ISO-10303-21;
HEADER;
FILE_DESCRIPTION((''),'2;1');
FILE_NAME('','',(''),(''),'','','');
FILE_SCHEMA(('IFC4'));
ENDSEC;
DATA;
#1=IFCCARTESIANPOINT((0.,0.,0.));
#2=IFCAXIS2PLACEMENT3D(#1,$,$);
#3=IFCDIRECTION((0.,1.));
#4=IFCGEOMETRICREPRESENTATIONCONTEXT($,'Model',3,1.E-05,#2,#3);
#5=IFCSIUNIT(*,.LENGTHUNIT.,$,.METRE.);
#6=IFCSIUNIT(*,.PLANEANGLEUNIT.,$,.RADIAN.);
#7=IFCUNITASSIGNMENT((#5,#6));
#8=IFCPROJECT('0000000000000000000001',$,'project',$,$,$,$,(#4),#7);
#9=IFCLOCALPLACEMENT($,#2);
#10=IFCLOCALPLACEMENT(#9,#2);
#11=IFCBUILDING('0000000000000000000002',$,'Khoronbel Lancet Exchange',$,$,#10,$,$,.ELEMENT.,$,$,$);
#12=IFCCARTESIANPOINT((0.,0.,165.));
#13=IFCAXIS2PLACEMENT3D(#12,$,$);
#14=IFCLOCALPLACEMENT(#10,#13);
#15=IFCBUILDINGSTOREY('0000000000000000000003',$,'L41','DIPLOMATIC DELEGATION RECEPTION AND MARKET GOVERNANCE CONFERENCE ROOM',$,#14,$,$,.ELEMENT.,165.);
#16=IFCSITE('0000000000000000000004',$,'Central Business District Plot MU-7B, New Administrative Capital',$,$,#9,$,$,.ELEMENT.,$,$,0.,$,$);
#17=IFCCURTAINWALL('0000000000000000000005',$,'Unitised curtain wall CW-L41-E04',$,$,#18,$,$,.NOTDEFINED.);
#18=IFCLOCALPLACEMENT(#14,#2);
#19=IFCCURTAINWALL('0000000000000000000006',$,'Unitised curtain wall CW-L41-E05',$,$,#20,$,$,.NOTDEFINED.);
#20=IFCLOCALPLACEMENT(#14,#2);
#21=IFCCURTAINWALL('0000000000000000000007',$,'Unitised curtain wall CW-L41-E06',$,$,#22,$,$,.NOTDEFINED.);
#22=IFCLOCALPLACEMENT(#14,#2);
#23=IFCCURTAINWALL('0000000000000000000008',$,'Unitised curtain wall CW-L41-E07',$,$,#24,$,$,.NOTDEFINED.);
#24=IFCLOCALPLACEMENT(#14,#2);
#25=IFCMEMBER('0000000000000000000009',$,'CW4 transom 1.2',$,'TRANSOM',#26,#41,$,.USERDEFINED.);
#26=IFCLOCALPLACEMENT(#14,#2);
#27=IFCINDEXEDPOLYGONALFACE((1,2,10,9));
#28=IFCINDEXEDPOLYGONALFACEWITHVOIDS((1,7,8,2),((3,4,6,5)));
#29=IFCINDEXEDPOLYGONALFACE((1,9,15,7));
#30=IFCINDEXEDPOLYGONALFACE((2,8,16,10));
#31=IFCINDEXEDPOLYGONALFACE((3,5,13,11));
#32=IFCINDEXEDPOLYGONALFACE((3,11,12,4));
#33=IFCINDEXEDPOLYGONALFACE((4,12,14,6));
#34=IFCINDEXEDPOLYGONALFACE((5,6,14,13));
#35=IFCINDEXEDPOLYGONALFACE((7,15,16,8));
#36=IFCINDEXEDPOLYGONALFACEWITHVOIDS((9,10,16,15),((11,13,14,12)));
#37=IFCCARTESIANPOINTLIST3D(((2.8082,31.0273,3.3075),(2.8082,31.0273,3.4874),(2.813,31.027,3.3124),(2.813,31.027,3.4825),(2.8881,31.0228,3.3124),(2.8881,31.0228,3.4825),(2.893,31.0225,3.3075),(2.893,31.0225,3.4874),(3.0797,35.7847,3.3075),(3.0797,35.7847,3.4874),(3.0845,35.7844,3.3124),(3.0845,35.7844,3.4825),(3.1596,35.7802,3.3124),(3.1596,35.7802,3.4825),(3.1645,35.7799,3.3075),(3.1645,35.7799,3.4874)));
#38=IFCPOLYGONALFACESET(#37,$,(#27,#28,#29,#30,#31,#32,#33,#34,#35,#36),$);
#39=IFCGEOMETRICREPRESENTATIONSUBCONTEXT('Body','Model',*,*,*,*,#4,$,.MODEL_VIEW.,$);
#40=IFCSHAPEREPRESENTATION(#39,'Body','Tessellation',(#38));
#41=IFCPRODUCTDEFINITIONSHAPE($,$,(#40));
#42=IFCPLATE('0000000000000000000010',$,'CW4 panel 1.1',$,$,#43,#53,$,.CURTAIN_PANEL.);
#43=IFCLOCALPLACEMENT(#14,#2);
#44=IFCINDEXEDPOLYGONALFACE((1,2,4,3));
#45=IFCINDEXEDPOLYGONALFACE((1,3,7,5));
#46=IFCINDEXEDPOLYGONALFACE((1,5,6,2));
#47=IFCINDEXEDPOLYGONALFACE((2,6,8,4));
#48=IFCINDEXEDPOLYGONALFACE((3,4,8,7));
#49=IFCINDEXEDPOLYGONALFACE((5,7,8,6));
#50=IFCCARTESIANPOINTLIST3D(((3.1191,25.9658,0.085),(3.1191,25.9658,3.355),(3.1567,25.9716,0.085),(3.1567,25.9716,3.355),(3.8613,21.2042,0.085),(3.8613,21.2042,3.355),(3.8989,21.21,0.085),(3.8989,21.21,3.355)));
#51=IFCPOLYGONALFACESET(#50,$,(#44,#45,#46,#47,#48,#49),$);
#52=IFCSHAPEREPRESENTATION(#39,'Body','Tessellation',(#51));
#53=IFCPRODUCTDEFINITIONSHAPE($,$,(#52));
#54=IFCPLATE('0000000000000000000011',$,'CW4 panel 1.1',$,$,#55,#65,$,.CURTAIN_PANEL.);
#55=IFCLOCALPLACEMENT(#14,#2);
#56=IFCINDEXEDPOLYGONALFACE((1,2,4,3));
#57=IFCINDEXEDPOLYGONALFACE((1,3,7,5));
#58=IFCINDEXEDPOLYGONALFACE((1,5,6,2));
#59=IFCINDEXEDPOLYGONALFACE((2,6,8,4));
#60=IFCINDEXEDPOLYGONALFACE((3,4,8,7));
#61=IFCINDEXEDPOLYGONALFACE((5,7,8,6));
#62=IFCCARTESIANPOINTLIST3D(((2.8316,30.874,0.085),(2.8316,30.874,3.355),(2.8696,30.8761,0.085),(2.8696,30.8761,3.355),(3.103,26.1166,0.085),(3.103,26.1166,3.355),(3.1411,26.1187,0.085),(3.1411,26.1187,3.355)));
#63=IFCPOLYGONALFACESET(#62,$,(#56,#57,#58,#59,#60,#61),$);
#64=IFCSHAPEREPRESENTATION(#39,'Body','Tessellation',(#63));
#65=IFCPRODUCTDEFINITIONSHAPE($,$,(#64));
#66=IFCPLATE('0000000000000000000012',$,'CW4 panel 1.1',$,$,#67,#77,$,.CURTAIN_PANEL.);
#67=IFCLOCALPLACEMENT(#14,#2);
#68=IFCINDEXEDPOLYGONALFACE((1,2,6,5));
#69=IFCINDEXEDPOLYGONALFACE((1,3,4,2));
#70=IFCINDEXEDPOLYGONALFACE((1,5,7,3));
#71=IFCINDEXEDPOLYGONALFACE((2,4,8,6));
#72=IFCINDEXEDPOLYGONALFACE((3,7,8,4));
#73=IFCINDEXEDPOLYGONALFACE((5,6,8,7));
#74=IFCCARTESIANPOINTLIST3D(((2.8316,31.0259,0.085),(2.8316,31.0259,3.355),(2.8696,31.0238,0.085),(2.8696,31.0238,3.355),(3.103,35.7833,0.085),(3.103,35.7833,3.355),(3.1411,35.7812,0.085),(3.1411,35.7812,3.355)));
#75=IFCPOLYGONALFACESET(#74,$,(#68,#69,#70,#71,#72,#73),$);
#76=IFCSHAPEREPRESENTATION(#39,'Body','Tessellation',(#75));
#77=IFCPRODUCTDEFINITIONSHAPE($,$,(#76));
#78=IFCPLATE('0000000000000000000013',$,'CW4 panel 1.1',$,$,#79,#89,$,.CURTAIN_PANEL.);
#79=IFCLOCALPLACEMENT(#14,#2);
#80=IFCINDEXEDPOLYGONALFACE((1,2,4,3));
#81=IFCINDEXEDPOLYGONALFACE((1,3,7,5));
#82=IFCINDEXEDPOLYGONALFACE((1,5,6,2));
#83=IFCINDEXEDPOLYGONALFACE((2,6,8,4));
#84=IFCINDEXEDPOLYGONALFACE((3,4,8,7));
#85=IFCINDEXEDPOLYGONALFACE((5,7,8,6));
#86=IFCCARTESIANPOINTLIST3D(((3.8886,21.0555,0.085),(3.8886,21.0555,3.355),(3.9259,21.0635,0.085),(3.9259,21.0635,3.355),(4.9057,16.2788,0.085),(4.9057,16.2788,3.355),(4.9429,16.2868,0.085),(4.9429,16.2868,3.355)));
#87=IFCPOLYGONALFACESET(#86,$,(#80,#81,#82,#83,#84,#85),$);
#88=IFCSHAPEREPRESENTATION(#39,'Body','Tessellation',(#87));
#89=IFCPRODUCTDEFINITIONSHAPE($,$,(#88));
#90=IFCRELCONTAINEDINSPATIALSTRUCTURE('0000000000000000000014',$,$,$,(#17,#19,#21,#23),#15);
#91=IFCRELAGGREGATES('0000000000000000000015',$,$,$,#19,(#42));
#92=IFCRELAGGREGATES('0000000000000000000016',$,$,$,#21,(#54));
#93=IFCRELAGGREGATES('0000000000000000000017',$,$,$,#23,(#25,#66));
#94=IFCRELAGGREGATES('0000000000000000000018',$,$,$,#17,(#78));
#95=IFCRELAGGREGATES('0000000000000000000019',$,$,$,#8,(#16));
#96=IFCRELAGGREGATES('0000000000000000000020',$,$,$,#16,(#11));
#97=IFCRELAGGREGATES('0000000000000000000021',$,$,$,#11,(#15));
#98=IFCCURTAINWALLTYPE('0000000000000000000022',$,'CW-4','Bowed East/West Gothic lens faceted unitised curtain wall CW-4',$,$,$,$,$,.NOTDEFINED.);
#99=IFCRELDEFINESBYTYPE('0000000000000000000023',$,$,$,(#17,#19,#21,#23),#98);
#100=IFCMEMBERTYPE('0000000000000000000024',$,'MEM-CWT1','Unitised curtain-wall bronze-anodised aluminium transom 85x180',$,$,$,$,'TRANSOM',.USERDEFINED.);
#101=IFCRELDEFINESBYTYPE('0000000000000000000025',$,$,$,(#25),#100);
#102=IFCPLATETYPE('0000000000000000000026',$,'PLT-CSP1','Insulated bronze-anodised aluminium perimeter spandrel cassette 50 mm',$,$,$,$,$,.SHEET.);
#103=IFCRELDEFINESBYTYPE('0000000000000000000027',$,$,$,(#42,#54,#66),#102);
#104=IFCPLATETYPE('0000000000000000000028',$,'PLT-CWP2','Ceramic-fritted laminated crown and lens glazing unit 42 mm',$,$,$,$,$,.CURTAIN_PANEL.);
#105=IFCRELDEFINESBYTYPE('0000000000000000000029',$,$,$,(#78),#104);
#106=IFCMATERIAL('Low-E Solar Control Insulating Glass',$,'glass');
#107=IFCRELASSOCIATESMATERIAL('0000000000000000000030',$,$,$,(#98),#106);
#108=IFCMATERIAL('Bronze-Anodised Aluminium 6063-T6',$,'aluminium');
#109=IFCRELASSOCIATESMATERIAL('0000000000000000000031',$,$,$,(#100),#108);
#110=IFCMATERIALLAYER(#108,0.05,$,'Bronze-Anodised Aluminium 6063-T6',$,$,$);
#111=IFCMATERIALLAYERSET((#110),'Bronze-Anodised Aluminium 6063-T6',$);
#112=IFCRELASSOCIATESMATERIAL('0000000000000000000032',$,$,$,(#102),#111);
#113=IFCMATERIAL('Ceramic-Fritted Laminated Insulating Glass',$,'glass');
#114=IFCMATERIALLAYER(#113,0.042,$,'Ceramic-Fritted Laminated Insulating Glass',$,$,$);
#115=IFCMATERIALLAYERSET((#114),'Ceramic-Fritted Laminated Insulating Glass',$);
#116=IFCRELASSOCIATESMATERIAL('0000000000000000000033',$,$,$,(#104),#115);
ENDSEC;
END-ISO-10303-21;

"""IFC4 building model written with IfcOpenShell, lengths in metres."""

from ifc_helpers import new_model, si_unit, direction, frame, origin, origin_2d, place, context, subcontext, project, spatial, rectangle, hollow_rectangle, extrude, material, layer, layer_set, material_profile, profile_set, type_object, element, aggregate, save


model = new_model("IFC4")

# Units and contexts
model_context = context("Model", 3, precision=1e-05, world=origin(), true_north=direction((0.0, 1.0)))
body_context = subcontext(model_context, "Body", "Model", "MODEL_VIEW")
ifc_project = project(units=[si_unit("LENGTHUNIT", "METRE"), si_unit("PLANEANGLEUNIT", "RADIAN")], contexts=[model_context])

# Site, building, storey
site_placement = place(None, origin())
site = spatial("IfcSite", under=ifc_project, at=site_placement, Name="Central Business District Plot MU-7B, New Administrative Capital", CompositionType="ELEMENT", RefElevation=0.0)
building_placement = place(site_placement, origin())
building = spatial("IfcBuilding", under=site, at=building_placement, Name="Khoronbel Lancet Exchange", CompositionType="ELEMENT")
storey_placement = place(building_placement, frame((0.0, 0.0, 165.0)))
storey = spatial("IfcBuildingStorey", under=building, at=storey_placement, Name="L41", Description="DIPLOMATIC DELEGATION RECEPTION AND MARKET GOVERNANCE CONFERENCE ROOM", CompositionType="ELEMENT", Elevation=165.0)

# Curtain walls
ifc_material_1 = material(Name="Low-E Solar Control Insulating Glass", Category="glass")
curtain_wall_type = type_object("IfcCurtainWallType", Name="CW-4", Description="Bowed East/West Gothic lens faceted unitised curtain wall CW-4", PredefinedType="NOTDEFINED", material=ifc_material_1)
curtain_wall_1_placement = place(storey_placement, origin())
curtain_wall_1 = element("IfcCurtainWall", 1, at=curtain_wall_1_placement, inside=storey, type_object=curtain_wall_type, Name="Unitised curtain wall CW-L41-E04", PredefinedType="NOTDEFINED")
ifc_material_2 = material(Name="Bronze-Anodised Aluminium 6063-T6", Category="aluminium")
curtain_wall_2_placement = place(storey_placement, origin())
curtain_wall_2 = element("IfcCurtainWall", 2, at=curtain_wall_2_placement, inside=storey, type_object=curtain_wall_type, Name="Unitised curtain wall CW-L41-E05", PredefinedType="NOTDEFINED")
curtain_wall_3_placement = place(storey_placement, origin())
curtain_wall_3 = element("IfcCurtainWall", 3, at=curtain_wall_3_placement, inside=storey, type_object=curtain_wall_type, Name="Unitised curtain wall CW-L41-E06", PredefinedType="NOTDEFINED")

# Curtain wall
curtain_wall_4_placement = place(storey_placement, origin())
curtain_wall_4 = element("IfcCurtainWall", 4, at=curtain_wall_4_placement, inside=storey, type_object=curtain_wall_type, Name="Unitised curtain wall CW-L41-E07", PredefinedType="NOTDEFINED")

# Member
ifc_material_profile_1 = material_profile(ifc_material_2, hollow_rectangle(XDim=0.085, YDim=0.1799, WallThickness=0.0049, at=origin_2d()), Name="ALU TRANSOM 85x180")
ifc_profile_set_1 = profile_set([ifc_material_profile_1], Name="Bronze-Anodised Aluminium 6063-T6")
member_type_1 = type_object("IfcMemberType", Name="MEM-CWT1", Description="Unitised curtain-wall bronze-anodised aluminium transom 85x180", ElementType="TRANSOM", PredefinedType="USERDEFINED", material=ifc_profile_set_1)
member_1_placement = place(storey_placement, frame((2.8506, 31.0249, 3.3975), z_axis=(0.056974, 0.998376, 0.0), x_axis=(-0.998376, 0.056974, 0.0)))
member_1 = element("IfcMember", 5, at=member_1_placement, type_object=member_type_1, Name="CW4 transom 1.2", ObjectType="TRANSOM", PredefinedType="USERDEFINED", context=body_context, shape_type="SweptSolid", body=[
    extrude(hollow_rectangle(XDim=0.085, YDim=0.1799, WallThickness=0.0049, at=origin_2d()), origin(), (0.0, 0.0, 1.0), 4.7651),
])

# Plates
ifc_layer_1 = layer(ifc_material_2, 0.05, Name="Bronze-Anodised Aluminium 6063-T6")
ifc_layer_set_1 = layer_set([ifc_layer_1], Name="Bronze-Anodised Aluminium 6063-T6")
plate_type_1 = type_object("IfcPlateType", Name="PLT-CSP1", Description="Insulated bronze-anodised aluminium perimeter spandrel cassette 50 mm", PredefinedType="SHEET", material=ifc_layer_set_1)
plate_1_placement = place(storey_placement, frame((3.509, 23.5879, 0.085), z_axis=(0.0, 0.0, 1.0), x_axis=(-0.154012, 0.988069, 0.0)))
plate_1 = element("IfcPlate", 6, at=plate_1_placement, type_object=plate_type_1, Name="CW4 panel 1.1", PredefinedType="CURTAIN_PANEL", context=body_context, shape_type="SweptSolid", body=[
    extrude(rectangle(XDim=4.8191, YDim=0.0381, at=origin_2d()), origin(), (0.0, 0.0, 1.0), 3.27),
])
aggregate(curtain_wall_2, [plate_1])
plate_2_placement = place(storey_placement, frame((2.9863, 28.4963, 0.085), z_axis=(0.0, 0.0, 1.0), x_axis=(-0.056966, 0.998376, 0.0)))
plate_2 = element("IfcPlate", 7, at=plate_2_placement, type_object=plate_type_1, Name="CW4 panel 1.1", PredefinedType="CURTAIN_PANEL", context=body_context, shape_type="SweptSolid", body=[
    extrude(rectangle(XDim=4.7651, YDim=0.0381, at=origin_2d()), origin(), (0.0, 0.0, 1.0), 3.27),
])
aggregate(curtain_wall_3, [plate_2])
plate_3_placement = place(storey_placement, frame((2.9863, 33.4036, 0.085), z_axis=(0.0, 0.0, 1.0), x_axis=(0.056966, 0.998376, 0.0)))
plate_3 = element("IfcPlate", 8, at=plate_3_placement, type_object=plate_type_1, Name="CW4 panel 1.1", PredefinedType="CURTAIN_PANEL", context=body_context, shape_type="SweptSolid", body=[
    extrude(rectangle(XDim=4.7651, YDim=0.0381, at=origin_2d()), origin(), (0.0, 0.0, 1.0), 3.27),
])
aggregate(curtain_wall_4, [member_1, plate_3])
ifc_material_3 = material(Name="Ceramic-Fritted Laminated Insulating Glass", Category="glass")
ifc_layer_2 = layer(ifc_material_3, 0.042, Name="Ceramic-Fritted Laminated Insulating Glass")
ifc_layer_set_2 = layer_set([ifc_layer_2], Name="Ceramic-Fritted Laminated Insulating Glass")
plate_type_2 = type_object("IfcPlateType", Name="PLT-CWP2", Description="Ceramic-fritted laminated crown and lens glazing unit 42 mm", PredefinedType="CURTAIN_PANEL", material=ifc_layer_set_2)
plate_4_placement = place(storey_placement, frame((4.4158, 18.6711, 0.085), z_axis=(0.0, 0.0, 1.0), x_axis=(-0.20825, 0.978076, 0.0)))
plate_4 = element("IfcPlate", 9, at=plate_4_placement, type_object=plate_type_2, Name="CW4 panel 1.1", PredefinedType="CURTAIN_PANEL", context=body_context, shape_type="SweptSolid", body=[
    extrude(rectangle(XDim=4.8838, YDim=0.0381, at=origin_2d()), origin(), (0.0, 0.0, 1.0), 3.27),
])
aggregate(curtain_wall_1, [plate_4])

save(model, "model.ifc")
